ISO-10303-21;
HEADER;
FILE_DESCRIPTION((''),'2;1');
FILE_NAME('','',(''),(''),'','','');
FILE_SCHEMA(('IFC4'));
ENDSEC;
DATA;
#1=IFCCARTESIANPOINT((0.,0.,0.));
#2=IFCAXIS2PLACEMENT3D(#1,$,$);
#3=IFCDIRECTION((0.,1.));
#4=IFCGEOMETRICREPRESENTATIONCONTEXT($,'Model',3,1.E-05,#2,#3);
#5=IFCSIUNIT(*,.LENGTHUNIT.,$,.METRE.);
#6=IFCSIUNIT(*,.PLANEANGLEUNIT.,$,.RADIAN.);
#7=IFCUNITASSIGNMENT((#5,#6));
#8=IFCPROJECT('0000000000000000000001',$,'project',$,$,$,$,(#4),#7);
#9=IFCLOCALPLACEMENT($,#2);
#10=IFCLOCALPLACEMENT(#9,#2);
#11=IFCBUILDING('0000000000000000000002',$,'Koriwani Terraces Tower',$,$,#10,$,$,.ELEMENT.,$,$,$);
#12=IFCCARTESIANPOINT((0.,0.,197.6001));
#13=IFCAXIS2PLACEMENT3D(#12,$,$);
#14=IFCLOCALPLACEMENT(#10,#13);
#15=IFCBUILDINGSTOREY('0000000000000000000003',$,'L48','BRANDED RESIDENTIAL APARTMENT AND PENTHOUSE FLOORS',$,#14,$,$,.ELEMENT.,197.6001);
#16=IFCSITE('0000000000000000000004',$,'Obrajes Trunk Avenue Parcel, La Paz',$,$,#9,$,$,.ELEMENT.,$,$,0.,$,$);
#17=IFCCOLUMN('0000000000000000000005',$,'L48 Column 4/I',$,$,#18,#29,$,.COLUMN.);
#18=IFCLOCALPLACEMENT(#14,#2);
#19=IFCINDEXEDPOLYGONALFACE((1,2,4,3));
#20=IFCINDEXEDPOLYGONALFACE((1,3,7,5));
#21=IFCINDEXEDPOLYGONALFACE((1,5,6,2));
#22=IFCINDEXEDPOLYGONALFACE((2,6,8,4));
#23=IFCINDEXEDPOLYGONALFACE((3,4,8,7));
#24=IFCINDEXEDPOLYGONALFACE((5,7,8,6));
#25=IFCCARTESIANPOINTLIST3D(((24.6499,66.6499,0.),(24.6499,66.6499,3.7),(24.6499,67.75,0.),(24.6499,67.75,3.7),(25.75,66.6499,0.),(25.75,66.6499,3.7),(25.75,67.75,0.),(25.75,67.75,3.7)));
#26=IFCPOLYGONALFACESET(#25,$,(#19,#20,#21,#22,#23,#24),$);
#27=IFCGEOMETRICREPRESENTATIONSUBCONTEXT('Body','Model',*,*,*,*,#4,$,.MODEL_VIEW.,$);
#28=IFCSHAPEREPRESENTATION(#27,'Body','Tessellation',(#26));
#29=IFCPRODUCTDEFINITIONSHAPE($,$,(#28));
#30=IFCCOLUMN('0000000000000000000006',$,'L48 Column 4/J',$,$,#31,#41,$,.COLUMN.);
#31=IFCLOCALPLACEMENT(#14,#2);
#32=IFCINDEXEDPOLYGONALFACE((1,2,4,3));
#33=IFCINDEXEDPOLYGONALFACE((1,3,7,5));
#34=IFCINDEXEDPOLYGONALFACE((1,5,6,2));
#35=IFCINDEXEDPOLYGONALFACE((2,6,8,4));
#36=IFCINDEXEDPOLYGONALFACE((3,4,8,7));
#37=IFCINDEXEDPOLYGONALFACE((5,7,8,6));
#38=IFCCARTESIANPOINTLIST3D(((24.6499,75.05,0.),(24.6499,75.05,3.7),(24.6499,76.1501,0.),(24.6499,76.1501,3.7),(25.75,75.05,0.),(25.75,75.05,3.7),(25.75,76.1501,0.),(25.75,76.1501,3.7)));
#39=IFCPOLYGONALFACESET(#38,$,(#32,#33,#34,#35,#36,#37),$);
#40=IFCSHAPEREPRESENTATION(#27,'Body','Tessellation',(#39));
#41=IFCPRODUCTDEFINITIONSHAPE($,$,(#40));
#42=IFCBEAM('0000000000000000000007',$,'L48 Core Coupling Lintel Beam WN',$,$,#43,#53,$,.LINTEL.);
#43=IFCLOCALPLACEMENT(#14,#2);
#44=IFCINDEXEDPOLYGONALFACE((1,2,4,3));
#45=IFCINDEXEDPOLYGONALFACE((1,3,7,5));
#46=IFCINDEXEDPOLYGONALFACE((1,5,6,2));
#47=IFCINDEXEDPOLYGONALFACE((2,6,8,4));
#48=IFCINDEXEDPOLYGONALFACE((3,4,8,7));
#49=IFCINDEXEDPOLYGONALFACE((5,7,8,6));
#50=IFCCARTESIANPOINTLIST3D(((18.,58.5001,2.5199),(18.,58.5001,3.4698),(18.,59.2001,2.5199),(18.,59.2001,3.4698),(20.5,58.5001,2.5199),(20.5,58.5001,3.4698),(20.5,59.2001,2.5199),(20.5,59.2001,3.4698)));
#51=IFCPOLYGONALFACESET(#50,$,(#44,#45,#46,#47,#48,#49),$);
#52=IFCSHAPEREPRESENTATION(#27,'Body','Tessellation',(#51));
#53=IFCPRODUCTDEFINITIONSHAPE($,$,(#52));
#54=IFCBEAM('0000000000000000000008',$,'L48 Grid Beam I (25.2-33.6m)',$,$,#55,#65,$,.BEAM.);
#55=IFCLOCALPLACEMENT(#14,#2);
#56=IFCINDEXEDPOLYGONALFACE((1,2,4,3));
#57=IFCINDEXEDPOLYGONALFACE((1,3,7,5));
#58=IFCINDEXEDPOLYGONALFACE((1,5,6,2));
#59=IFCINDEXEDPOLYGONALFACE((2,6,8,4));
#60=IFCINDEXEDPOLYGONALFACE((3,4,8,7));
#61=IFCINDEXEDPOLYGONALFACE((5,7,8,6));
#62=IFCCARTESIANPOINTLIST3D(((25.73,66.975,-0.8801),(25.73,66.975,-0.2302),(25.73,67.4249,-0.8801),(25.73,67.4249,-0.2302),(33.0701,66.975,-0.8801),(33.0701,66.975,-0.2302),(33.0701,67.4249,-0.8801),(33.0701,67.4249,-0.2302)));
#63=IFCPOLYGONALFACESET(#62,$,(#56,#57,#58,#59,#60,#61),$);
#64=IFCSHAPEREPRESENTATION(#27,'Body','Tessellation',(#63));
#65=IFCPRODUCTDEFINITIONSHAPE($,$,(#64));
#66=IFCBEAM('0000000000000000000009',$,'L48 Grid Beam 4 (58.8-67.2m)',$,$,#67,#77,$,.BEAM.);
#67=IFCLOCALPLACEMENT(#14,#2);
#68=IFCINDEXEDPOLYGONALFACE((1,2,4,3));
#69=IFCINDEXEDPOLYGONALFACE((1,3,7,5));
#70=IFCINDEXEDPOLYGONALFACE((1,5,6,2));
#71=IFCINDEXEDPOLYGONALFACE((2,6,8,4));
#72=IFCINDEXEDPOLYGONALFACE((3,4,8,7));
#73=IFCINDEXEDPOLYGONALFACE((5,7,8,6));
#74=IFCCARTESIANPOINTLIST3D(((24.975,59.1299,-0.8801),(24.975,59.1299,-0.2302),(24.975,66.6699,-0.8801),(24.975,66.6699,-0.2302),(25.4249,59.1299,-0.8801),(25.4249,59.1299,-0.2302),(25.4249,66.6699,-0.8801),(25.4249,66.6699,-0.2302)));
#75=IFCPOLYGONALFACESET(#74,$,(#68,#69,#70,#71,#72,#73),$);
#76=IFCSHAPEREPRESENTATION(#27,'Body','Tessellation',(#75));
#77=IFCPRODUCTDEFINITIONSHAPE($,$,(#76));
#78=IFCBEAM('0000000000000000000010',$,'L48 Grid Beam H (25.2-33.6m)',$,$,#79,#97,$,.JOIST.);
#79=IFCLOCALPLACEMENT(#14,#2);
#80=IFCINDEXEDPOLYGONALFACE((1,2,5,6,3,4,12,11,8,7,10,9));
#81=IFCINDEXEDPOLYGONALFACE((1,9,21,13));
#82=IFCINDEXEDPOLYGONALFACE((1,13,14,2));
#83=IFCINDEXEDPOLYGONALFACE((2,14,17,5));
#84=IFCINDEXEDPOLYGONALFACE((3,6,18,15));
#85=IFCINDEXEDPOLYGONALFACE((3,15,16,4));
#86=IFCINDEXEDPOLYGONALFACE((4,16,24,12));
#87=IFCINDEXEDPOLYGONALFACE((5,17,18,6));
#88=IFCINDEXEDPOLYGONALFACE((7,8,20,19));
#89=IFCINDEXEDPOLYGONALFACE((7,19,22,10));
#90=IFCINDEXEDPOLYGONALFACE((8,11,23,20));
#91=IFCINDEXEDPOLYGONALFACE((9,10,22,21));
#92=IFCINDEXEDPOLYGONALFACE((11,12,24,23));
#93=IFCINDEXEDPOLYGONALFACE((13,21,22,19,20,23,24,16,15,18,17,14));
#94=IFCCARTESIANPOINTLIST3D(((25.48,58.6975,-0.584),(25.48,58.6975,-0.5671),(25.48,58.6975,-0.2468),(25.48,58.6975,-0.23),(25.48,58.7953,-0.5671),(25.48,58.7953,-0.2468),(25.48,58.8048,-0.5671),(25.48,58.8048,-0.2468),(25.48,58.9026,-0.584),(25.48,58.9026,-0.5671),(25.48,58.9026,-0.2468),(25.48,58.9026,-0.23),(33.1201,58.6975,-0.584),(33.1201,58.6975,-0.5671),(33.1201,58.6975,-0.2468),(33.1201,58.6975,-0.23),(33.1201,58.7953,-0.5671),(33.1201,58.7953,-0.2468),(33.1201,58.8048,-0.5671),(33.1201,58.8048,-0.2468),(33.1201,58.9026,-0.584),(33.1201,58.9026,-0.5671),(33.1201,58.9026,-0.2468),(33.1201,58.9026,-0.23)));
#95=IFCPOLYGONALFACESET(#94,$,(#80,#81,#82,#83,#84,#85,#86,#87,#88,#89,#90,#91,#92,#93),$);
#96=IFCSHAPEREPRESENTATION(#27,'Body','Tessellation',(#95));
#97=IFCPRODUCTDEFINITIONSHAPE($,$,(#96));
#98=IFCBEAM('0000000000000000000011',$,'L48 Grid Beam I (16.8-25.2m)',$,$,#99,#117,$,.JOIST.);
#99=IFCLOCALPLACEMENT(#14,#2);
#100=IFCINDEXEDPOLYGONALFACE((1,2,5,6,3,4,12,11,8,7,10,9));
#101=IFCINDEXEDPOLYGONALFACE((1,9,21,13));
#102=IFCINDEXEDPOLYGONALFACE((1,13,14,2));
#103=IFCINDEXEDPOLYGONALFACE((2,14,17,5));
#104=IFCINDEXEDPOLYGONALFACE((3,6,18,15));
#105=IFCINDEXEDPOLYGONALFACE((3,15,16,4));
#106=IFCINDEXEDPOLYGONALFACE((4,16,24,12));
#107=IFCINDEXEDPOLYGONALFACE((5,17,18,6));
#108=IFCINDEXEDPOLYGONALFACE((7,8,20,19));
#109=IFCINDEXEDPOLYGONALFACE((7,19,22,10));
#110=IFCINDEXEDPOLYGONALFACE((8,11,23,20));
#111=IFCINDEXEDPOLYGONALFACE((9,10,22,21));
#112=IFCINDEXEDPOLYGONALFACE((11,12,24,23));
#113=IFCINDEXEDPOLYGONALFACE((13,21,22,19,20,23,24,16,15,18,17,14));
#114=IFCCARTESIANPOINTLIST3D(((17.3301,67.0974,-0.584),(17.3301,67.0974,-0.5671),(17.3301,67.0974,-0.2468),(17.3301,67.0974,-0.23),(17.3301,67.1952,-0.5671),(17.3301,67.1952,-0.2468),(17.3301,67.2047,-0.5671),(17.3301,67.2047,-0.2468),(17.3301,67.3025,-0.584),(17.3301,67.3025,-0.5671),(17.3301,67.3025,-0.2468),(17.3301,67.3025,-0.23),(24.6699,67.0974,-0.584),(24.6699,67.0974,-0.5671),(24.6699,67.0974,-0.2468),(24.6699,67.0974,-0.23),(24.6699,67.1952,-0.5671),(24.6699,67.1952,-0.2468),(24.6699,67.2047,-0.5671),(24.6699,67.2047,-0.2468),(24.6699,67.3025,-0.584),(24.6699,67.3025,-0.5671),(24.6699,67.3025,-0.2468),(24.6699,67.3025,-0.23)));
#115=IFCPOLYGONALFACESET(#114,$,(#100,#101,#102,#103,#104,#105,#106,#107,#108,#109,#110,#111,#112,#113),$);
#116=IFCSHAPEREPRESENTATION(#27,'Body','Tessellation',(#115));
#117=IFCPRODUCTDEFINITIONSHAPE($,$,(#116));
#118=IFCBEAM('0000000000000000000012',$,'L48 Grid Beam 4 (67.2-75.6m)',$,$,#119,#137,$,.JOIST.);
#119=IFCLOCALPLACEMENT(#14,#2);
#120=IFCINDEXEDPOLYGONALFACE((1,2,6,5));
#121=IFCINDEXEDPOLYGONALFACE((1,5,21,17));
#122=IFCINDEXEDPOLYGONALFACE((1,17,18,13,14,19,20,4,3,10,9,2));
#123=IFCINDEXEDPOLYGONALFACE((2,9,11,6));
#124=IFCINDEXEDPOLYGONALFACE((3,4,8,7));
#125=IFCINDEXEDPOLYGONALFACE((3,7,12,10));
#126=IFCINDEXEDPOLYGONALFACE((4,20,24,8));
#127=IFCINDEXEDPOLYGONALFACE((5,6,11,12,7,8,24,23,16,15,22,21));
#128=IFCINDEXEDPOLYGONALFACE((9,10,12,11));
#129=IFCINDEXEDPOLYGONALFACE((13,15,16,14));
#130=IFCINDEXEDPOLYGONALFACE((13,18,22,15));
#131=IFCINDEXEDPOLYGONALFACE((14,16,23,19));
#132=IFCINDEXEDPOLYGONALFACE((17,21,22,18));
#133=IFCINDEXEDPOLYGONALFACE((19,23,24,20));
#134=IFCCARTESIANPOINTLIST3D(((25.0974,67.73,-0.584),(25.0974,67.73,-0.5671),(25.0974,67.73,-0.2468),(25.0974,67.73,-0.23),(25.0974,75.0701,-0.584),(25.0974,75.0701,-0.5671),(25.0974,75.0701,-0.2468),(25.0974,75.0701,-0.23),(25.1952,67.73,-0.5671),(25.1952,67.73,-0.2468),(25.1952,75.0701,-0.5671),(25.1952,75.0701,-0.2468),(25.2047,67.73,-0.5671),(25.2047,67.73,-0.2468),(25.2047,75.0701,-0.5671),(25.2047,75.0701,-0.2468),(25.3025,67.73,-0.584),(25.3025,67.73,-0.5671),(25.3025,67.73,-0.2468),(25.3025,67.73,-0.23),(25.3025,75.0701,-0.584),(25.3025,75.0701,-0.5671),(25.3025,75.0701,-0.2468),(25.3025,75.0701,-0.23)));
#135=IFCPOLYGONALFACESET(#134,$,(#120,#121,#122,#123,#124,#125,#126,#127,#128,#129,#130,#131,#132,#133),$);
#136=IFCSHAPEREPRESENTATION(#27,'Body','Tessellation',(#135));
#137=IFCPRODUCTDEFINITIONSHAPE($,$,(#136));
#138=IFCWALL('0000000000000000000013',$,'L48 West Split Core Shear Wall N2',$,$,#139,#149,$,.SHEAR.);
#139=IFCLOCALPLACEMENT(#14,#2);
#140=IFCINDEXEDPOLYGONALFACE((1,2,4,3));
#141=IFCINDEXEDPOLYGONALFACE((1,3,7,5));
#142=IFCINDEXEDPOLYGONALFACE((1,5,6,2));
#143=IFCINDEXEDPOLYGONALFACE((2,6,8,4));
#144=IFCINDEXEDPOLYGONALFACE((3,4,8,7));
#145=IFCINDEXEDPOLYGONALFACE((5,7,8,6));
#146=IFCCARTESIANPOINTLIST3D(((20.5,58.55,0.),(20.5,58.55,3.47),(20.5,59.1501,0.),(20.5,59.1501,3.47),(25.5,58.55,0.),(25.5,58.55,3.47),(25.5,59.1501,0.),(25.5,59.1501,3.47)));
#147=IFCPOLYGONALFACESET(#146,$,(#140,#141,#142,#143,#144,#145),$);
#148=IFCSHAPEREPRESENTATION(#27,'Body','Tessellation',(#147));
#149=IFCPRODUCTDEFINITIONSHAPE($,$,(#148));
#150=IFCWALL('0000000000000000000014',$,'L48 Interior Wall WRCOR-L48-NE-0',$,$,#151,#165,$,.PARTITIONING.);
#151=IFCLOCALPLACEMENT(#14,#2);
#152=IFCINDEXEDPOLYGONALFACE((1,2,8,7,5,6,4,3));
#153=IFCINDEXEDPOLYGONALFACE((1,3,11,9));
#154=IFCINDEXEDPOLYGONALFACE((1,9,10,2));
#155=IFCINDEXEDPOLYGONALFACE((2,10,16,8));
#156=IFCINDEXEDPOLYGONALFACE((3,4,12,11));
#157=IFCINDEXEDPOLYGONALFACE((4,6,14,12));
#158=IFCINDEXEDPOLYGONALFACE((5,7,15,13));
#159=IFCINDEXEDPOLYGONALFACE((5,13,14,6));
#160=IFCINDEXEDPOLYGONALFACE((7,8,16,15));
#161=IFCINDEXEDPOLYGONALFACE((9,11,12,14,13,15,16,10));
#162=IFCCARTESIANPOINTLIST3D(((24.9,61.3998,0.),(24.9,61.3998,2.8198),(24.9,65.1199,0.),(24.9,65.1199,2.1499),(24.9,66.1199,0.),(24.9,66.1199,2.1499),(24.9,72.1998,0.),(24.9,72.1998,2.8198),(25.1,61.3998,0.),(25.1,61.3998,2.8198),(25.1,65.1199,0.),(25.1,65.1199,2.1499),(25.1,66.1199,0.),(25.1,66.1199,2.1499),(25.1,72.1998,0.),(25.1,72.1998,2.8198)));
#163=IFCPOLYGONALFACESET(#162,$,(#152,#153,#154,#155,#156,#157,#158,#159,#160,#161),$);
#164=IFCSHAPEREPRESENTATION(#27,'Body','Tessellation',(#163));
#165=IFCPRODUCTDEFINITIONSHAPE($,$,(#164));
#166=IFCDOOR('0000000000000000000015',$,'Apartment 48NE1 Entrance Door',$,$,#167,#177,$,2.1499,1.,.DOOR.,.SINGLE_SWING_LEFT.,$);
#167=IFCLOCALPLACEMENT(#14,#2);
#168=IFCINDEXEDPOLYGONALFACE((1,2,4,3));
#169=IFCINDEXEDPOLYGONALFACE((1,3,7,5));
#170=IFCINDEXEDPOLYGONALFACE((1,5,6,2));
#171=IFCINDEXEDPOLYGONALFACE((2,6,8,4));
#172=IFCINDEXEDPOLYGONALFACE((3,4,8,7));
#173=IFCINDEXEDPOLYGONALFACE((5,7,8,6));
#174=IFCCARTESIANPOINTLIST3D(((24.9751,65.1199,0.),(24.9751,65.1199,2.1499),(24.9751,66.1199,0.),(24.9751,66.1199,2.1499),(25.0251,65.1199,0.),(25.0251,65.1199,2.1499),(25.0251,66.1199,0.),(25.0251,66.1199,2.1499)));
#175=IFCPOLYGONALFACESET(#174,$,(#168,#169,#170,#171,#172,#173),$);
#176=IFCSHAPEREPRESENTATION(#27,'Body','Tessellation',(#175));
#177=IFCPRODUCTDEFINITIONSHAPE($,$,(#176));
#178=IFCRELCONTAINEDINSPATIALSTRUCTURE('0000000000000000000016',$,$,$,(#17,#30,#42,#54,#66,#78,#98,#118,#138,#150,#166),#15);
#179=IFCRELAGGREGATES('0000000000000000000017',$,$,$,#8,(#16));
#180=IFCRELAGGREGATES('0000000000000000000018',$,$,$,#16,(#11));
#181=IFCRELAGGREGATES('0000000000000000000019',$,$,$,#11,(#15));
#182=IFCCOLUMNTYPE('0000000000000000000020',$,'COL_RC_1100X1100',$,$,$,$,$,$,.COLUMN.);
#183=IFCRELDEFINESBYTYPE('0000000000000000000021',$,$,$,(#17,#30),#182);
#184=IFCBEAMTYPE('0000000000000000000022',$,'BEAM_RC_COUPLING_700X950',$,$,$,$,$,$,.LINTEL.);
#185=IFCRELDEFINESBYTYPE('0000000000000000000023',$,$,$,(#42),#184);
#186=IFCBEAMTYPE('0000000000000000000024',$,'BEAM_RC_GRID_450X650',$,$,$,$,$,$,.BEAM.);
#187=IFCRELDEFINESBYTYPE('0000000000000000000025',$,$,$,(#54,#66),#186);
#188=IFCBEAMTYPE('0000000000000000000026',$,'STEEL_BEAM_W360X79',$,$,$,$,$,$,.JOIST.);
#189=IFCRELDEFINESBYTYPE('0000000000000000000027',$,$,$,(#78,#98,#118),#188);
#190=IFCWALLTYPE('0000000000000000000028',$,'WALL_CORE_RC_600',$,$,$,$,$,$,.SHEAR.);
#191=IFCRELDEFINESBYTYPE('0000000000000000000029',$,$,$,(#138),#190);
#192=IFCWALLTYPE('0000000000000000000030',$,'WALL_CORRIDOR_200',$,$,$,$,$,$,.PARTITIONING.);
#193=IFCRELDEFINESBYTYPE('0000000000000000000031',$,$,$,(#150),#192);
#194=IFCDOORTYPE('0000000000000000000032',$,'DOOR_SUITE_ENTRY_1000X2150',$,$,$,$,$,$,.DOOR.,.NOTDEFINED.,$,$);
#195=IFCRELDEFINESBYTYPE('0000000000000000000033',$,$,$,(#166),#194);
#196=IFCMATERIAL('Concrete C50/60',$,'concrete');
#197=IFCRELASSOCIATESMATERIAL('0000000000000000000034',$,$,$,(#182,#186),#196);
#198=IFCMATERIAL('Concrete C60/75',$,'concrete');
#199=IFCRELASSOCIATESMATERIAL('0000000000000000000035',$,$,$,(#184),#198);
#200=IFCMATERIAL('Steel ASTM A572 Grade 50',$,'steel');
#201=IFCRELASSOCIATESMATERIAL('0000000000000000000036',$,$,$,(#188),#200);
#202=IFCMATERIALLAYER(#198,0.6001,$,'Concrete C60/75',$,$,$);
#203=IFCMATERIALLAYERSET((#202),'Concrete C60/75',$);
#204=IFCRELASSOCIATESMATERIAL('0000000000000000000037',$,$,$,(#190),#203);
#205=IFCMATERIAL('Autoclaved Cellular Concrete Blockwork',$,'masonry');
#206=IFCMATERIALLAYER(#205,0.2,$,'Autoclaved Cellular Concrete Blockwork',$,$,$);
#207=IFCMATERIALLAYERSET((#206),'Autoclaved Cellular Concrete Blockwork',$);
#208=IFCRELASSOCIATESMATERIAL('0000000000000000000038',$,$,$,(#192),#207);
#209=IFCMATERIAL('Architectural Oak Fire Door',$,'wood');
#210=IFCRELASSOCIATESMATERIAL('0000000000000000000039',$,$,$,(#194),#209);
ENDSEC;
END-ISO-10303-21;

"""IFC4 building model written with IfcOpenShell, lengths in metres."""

from ifc_helpers import new_model, si_unit, direction, frame, frame_2d, origin, origin_2d, place, context, subcontext, project, spatial, rectangle, i_section, extrude, material, layer, layer_set, material_profile, profile_set, type_object, element, fill, save


model = new_model("IFC4")

# Units and contexts
model_context = context("Model", 3, precision=1e-05, world=origin(), true_north=direction((0.0, 1.0)))
body_context = subcontext(model_context, "Body", "Model", "MODEL_VIEW")
ifc_project = project(units=[si_unit("LENGTHUNIT", "METRE"), si_unit("PLANEANGLEUNIT", "RADIAN")], contexts=[model_context])

# Site, building, storey
site_placement = place(None, origin())
site = spatial("IfcSite", under=ifc_project, at=site_placement, Name="Obrajes Trunk Avenue Parcel, La Paz", CompositionType="ELEMENT", RefElevation=0.0)
building_placement = place(site_placement, origin())
building = spatial("IfcBuilding", under=site, at=building_placement, Name="Koriwani Terraces Tower", CompositionType="ELEMENT")
storey_placement = place(building_placement, frame((0.0, 0.0, 197.6001)))
storey = spatial("IfcBuildingStorey", under=building, at=storey_placement, Name="L48", Description="BRANDED RESIDENTIAL APARTMENT AND PENTHOUSE FLOORS", CompositionType="ELEMENT", Elevation=197.6001)

# Columns
ifc_material_1 = material(Name="Concrete C50/60", Category="concrete")
ifc_material_profile_1 = material_profile(ifc_material_1, rectangle(XDim=1.1001, YDim=1.1001, at=origin_2d()), Name="Concrete C50/60", Category="LoadBearing")
ifc_profile_set_1 = profile_set([ifc_material_profile_1], Name="Concrete C50/60")
column_type = type_object("IfcColumnType", Name="COL_RC_1100X1100", PredefinedType="COLUMN", material=ifc_profile_set_1)
for number, where, z_axis, x_axis, name in (
    (1, (25.2, 67.2, 0.0), (0.0, 0.0, 1.0), (1.0, 0.0, 0.0), "L48 Column 4/I"),
    (2, (25.2, 75.6001, 0.0), (0.0, 0.0, 1.0), (1.0, 0.0, 0.0), "L48 Column 4/J"),
):
    element("IfcColumn", number, at=place(storey_placement, frame(where, z_axis=z_axis, x_axis=x_axis)), inside=storey, type_object=column_type, Name=name, PredefinedType="COLUMN", context=body_context, shape_type="SweptSolid", body=[
        extrude(rectangle(XDim=1.1001, YDim=1.1001, at=origin_2d()), origin(), (0.0, 0.0, 1.0), 3.7),
    ])

# Beams
ifc_material_2 = material(Name="Concrete C60/75", Category="concrete")
ifc_material_profile_2 = material_profile(ifc_material_2, rectangle(XDim=0.7, YDim=0.95, at=origin_2d()), Name="Concrete C60/75", Category="LoadBearing")
ifc_profile_set_2 = profile_set([ifc_material_profile_2], Name="Concrete C60/75")
beam_type_1 = type_object("IfcBeamType", Name="BEAM_RC_COUPLING_700X950", PredefinedType="LINTEL", material=ifc_profile_set_2)
beam_1_placement = place(storey_placement, frame((18.0, 58.8501, 2.9949), z_axis=(1.0, 0.0, 0.0), x_axis=(0.0, 1.0, 0.0)))
element("IfcBeam", 3, at=beam_1_placement, inside=storey, type_object=beam_type_1, Name="L48 Core Coupling Lintel Beam WN", PredefinedType="LINTEL", context=body_context, shape_type="SweptSolid", body=[
    extrude(rectangle(XDim=0.7, YDim=0.95, at=origin_2d()), origin(), (0.0, 0.0, 1.0), 2.5),
])
ifc_material_profile_3 = material_profile(ifc_material_1, rectangle(XDim=0.45, YDim=0.6499, at=origin_2d()), Name="Concrete C50/60", Category="LoadBearing")
ifc_profile_set_3 = profile_set([ifc_material_profile_3], Name="Concrete C50/60")
beam_type_2 = type_object("IfcBeamType", Name="BEAM_RC_GRID_450X650", PredefinedType="BEAM", material=ifc_profile_set_3)
beam_2_placement = place(storey_placement, frame((25.73, 67.2, -0.5552), z_axis=(1.0, 0.0, 0.0), x_axis=(0.0, 1.0, 0.0)))
element("IfcBeam", 4, at=beam_2_placement, inside=storey, type_object=beam_type_2, Name="L48 Grid Beam I (25.2-33.6m)", PredefinedType="BEAM", context=body_context, shape_type="SweptSolid", body=[
    extrude(rectangle(XDim=0.45, YDim=0.6499, at=origin_2d()), origin(), (0.0, 0.0, 1.0), 7.3401),
])
beam_3_placement = place(storey_placement, frame((25.2, 59.1299, -0.5552), z_axis=(0.0, 1.0, 0.0), x_axis=(-1.0, 0.0, 0.0)))
element("IfcBeam", 5, at=beam_3_placement, inside=storey, type_object=beam_type_2, Name="L48 Grid Beam 4 (58.8-67.2m)", PredefinedType="BEAM", context=body_context, shape_type="SweptSolid", body=[
    extrude(rectangle(XDim=0.45, YDim=0.6499, at=origin_2d()), origin(), (0.0, 0.0, 1.0), 7.54),
])
ifc_material_3 = material(Name="Steel ASTM A572 Grade 50", Category="steel")
ifc_material_profile_4 = material_profile(ifc_material_3, i_section(OverallWidth=0.2051, OverallDepth=0.354, WebThickness=0.0095, FlangeThickness=0.0168, at=origin_2d()), Name="Steel ASTM A572 Grade 50", Category="LoadBearing")
ifc_profile_set_4 = profile_set([ifc_material_profile_4], Name="Steel ASTM A572 Grade 50")
beam_type_3 = type_object("IfcBeamType", Name="STEEL_BEAM_W360X79", PredefinedType="JOIST", material=ifc_profile_set_4)
beam_4_placement = place(storey_placement, frame((25.48, 58.8, -0.407), z_axis=(1.0, 0.0, 0.0), x_axis=(0.0, 1.0, 0.0)))
element("IfcBeam", 6, at=beam_4_placement, inside=storey, type_object=beam_type_3, Name="L48 Grid Beam H (25.2-33.6m)", PredefinedType="JOIST", context=body_context, shape_type="SweptSolid", body=[
    extrude(i_section(OverallWidth=0.2051, OverallDepth=0.354, WebThickness=0.0095, FlangeThickness=0.0168, at=origin_2d()), origin(), (0.0, 0.0, 1.0), 7.6401),
])
beam_5_placement = place(storey_placement, frame((17.3301, 67.2, -0.407), z_axis=(1.0, 0.0, 0.0), x_axis=(0.0, 1.0, 0.0)))
element("IfcBeam", 7, at=beam_5_placement, inside=storey, type_object=beam_type_3, Name="L48 Grid Beam I (16.8-25.2m)", PredefinedType="JOIST", context=body_context, shape_type="SweptSolid", body=[
    extrude(i_section(OverallWidth=0.2051, OverallDepth=0.354, WebThickness=0.0095, FlangeThickness=0.0168, at=origin_2d()), origin(), (0.0, 0.0, 1.0), 7.3398),
])
beam_6_placement = place(storey_placement, frame((25.2, 67.73, -0.407), z_axis=(0.0, 1.0, 0.0), x_axis=(-1.0, 0.0, 0.0)))
element("IfcBeam", 8, at=beam_6_placement, inside=storey, type_object=beam_type_3, Name="L48 Grid Beam 4 (67.2-75.6m)", PredefinedType="JOIST", context=body_context, shape_type="SweptSolid", body=[
    extrude(i_section(OverallWidth=0.2051, OverallDepth=0.354, WebThickness=0.0095, FlangeThickness=0.0168, at=origin_2d()), origin(), (0.0, 0.0, 1.0), 7.3401),
])

# Wall
ifc_layer_1 = layer(ifc_material_2, 0.6001, Name="Concrete C60/75")
ifc_layer_set_1 = layer_set([ifc_layer_1], Name="Concrete C60/75")
wall_type_1 = type_object("IfcWallType", Name="WALL_CORE_RC_600", PredefinedType="SHEAR", material=ifc_layer_set_1)
wall_1_placement = place(storey_placement, frame((20.5, 58.8501, 0.0), z_axis=(0.0, 0.0, 1.0), x_axis=(1.0, 0.0, 0.0)))
element("IfcWall", 9, at=wall_1_placement, inside=storey, type_object=wall_type_1, Name="L48 West Split Core Shear Wall N2", PredefinedType="SHEAR", context=body_context, shape_type="SweptSolid", body=[
    extrude(rectangle(XDim=5.0, YDim=0.6001, at=frame_2d((2.5, 0.0))), origin(), (0.0, 0.0, 1.0), 3.47),
])

# Wall, opening, door
ifc_material_4 = material(Name="Autoclaved Cellular Concrete Blockwork", Category="masonry")
ifc_layer_2 = layer(ifc_material_4, 0.2, Name="Autoclaved Cellular Concrete Blockwork")
ifc_layer_set_2 = layer_set([ifc_layer_2], Name="Autoclaved Cellular Concrete Blockwork")
wall_type_2 = type_object("IfcWallType", Name="WALL_CORRIDOR_200", PredefinedType="PARTITIONING", material=ifc_layer_set_2)
wall_2_placement = place(storey_placement, frame((25.0, 61.3999, 0.0), z_axis=(0.0, 0.0, 1.0), x_axis=(0.0, 1.0, 0.0)))
wall_2 = element("IfcWall", 10, at=wall_2_placement, inside=storey, type_object=wall_type_2, Name="L48 Interior Wall WRCOR-L48-NE-0", PredefinedType="PARTITIONING", context=body_context, shape_type="SweptSolid", body=[
    extrude(rectangle(XDim=10.8, YDim=0.2, at=frame_2d((5.3999, 0.0))), origin(), (0.0, 0.0, 1.0), 2.8198),
])
opening_1_placement = place(wall_2_placement, frame((3.72, 0.0, 0.0)))
opening_1 = element("IfcOpeningElement", 11, at=opening_1_placement, cuts=wall_2, PredefinedType="OPENING", context=body_context, shape_type="SweptSolid", body=[
    extrude(rectangle(XDim=1.0, YDim=2.1499, at=frame_2d((0.5, 1.075))), frame((0.0, 0.1099, 0.0), z_axis=(0.0, -1.0, 0.0), x_axis=(1.0, 0.0, 0.0)), (0.0, 0.0, 1.0), 0.22),
])
ifc_material_5 = material(Name="Architectural Oak Fire Door", Category="wood")
door_type_1 = type_object("IfcDoorType", Name="DOOR_SUITE_ENTRY_1000X2150", OperationType="NOTDEFINED", PredefinedType="DOOR", material=ifc_material_5)
door_1_placement = place(opening_1_placement, origin())
door_1 = element("IfcDoor", 12, at=door_1_placement, inside=storey, type_object=door_type_1, Name="Apartment 48NE1 Entrance Door", OperationType="SINGLE_SWING_LEFT", OverallHeight=2.1499, OverallWidth=1.0, PredefinedType="DOOR", context=body_context, shape_type="SweptSolid", body=[
    extrude(rectangle(XDim=1.0, YDim=2.1499, at=frame_2d((0.5, 1.075))), frame((0.0, 0.0249, 0.0), z_axis=(0.0, -1.0, 0.0), x_axis=(1.0, 0.0, 0.0)), (0.0, 0.0, 1.0), 0.05),
])
fill(opening_1, door_1)

save(model, "model.ifc")
